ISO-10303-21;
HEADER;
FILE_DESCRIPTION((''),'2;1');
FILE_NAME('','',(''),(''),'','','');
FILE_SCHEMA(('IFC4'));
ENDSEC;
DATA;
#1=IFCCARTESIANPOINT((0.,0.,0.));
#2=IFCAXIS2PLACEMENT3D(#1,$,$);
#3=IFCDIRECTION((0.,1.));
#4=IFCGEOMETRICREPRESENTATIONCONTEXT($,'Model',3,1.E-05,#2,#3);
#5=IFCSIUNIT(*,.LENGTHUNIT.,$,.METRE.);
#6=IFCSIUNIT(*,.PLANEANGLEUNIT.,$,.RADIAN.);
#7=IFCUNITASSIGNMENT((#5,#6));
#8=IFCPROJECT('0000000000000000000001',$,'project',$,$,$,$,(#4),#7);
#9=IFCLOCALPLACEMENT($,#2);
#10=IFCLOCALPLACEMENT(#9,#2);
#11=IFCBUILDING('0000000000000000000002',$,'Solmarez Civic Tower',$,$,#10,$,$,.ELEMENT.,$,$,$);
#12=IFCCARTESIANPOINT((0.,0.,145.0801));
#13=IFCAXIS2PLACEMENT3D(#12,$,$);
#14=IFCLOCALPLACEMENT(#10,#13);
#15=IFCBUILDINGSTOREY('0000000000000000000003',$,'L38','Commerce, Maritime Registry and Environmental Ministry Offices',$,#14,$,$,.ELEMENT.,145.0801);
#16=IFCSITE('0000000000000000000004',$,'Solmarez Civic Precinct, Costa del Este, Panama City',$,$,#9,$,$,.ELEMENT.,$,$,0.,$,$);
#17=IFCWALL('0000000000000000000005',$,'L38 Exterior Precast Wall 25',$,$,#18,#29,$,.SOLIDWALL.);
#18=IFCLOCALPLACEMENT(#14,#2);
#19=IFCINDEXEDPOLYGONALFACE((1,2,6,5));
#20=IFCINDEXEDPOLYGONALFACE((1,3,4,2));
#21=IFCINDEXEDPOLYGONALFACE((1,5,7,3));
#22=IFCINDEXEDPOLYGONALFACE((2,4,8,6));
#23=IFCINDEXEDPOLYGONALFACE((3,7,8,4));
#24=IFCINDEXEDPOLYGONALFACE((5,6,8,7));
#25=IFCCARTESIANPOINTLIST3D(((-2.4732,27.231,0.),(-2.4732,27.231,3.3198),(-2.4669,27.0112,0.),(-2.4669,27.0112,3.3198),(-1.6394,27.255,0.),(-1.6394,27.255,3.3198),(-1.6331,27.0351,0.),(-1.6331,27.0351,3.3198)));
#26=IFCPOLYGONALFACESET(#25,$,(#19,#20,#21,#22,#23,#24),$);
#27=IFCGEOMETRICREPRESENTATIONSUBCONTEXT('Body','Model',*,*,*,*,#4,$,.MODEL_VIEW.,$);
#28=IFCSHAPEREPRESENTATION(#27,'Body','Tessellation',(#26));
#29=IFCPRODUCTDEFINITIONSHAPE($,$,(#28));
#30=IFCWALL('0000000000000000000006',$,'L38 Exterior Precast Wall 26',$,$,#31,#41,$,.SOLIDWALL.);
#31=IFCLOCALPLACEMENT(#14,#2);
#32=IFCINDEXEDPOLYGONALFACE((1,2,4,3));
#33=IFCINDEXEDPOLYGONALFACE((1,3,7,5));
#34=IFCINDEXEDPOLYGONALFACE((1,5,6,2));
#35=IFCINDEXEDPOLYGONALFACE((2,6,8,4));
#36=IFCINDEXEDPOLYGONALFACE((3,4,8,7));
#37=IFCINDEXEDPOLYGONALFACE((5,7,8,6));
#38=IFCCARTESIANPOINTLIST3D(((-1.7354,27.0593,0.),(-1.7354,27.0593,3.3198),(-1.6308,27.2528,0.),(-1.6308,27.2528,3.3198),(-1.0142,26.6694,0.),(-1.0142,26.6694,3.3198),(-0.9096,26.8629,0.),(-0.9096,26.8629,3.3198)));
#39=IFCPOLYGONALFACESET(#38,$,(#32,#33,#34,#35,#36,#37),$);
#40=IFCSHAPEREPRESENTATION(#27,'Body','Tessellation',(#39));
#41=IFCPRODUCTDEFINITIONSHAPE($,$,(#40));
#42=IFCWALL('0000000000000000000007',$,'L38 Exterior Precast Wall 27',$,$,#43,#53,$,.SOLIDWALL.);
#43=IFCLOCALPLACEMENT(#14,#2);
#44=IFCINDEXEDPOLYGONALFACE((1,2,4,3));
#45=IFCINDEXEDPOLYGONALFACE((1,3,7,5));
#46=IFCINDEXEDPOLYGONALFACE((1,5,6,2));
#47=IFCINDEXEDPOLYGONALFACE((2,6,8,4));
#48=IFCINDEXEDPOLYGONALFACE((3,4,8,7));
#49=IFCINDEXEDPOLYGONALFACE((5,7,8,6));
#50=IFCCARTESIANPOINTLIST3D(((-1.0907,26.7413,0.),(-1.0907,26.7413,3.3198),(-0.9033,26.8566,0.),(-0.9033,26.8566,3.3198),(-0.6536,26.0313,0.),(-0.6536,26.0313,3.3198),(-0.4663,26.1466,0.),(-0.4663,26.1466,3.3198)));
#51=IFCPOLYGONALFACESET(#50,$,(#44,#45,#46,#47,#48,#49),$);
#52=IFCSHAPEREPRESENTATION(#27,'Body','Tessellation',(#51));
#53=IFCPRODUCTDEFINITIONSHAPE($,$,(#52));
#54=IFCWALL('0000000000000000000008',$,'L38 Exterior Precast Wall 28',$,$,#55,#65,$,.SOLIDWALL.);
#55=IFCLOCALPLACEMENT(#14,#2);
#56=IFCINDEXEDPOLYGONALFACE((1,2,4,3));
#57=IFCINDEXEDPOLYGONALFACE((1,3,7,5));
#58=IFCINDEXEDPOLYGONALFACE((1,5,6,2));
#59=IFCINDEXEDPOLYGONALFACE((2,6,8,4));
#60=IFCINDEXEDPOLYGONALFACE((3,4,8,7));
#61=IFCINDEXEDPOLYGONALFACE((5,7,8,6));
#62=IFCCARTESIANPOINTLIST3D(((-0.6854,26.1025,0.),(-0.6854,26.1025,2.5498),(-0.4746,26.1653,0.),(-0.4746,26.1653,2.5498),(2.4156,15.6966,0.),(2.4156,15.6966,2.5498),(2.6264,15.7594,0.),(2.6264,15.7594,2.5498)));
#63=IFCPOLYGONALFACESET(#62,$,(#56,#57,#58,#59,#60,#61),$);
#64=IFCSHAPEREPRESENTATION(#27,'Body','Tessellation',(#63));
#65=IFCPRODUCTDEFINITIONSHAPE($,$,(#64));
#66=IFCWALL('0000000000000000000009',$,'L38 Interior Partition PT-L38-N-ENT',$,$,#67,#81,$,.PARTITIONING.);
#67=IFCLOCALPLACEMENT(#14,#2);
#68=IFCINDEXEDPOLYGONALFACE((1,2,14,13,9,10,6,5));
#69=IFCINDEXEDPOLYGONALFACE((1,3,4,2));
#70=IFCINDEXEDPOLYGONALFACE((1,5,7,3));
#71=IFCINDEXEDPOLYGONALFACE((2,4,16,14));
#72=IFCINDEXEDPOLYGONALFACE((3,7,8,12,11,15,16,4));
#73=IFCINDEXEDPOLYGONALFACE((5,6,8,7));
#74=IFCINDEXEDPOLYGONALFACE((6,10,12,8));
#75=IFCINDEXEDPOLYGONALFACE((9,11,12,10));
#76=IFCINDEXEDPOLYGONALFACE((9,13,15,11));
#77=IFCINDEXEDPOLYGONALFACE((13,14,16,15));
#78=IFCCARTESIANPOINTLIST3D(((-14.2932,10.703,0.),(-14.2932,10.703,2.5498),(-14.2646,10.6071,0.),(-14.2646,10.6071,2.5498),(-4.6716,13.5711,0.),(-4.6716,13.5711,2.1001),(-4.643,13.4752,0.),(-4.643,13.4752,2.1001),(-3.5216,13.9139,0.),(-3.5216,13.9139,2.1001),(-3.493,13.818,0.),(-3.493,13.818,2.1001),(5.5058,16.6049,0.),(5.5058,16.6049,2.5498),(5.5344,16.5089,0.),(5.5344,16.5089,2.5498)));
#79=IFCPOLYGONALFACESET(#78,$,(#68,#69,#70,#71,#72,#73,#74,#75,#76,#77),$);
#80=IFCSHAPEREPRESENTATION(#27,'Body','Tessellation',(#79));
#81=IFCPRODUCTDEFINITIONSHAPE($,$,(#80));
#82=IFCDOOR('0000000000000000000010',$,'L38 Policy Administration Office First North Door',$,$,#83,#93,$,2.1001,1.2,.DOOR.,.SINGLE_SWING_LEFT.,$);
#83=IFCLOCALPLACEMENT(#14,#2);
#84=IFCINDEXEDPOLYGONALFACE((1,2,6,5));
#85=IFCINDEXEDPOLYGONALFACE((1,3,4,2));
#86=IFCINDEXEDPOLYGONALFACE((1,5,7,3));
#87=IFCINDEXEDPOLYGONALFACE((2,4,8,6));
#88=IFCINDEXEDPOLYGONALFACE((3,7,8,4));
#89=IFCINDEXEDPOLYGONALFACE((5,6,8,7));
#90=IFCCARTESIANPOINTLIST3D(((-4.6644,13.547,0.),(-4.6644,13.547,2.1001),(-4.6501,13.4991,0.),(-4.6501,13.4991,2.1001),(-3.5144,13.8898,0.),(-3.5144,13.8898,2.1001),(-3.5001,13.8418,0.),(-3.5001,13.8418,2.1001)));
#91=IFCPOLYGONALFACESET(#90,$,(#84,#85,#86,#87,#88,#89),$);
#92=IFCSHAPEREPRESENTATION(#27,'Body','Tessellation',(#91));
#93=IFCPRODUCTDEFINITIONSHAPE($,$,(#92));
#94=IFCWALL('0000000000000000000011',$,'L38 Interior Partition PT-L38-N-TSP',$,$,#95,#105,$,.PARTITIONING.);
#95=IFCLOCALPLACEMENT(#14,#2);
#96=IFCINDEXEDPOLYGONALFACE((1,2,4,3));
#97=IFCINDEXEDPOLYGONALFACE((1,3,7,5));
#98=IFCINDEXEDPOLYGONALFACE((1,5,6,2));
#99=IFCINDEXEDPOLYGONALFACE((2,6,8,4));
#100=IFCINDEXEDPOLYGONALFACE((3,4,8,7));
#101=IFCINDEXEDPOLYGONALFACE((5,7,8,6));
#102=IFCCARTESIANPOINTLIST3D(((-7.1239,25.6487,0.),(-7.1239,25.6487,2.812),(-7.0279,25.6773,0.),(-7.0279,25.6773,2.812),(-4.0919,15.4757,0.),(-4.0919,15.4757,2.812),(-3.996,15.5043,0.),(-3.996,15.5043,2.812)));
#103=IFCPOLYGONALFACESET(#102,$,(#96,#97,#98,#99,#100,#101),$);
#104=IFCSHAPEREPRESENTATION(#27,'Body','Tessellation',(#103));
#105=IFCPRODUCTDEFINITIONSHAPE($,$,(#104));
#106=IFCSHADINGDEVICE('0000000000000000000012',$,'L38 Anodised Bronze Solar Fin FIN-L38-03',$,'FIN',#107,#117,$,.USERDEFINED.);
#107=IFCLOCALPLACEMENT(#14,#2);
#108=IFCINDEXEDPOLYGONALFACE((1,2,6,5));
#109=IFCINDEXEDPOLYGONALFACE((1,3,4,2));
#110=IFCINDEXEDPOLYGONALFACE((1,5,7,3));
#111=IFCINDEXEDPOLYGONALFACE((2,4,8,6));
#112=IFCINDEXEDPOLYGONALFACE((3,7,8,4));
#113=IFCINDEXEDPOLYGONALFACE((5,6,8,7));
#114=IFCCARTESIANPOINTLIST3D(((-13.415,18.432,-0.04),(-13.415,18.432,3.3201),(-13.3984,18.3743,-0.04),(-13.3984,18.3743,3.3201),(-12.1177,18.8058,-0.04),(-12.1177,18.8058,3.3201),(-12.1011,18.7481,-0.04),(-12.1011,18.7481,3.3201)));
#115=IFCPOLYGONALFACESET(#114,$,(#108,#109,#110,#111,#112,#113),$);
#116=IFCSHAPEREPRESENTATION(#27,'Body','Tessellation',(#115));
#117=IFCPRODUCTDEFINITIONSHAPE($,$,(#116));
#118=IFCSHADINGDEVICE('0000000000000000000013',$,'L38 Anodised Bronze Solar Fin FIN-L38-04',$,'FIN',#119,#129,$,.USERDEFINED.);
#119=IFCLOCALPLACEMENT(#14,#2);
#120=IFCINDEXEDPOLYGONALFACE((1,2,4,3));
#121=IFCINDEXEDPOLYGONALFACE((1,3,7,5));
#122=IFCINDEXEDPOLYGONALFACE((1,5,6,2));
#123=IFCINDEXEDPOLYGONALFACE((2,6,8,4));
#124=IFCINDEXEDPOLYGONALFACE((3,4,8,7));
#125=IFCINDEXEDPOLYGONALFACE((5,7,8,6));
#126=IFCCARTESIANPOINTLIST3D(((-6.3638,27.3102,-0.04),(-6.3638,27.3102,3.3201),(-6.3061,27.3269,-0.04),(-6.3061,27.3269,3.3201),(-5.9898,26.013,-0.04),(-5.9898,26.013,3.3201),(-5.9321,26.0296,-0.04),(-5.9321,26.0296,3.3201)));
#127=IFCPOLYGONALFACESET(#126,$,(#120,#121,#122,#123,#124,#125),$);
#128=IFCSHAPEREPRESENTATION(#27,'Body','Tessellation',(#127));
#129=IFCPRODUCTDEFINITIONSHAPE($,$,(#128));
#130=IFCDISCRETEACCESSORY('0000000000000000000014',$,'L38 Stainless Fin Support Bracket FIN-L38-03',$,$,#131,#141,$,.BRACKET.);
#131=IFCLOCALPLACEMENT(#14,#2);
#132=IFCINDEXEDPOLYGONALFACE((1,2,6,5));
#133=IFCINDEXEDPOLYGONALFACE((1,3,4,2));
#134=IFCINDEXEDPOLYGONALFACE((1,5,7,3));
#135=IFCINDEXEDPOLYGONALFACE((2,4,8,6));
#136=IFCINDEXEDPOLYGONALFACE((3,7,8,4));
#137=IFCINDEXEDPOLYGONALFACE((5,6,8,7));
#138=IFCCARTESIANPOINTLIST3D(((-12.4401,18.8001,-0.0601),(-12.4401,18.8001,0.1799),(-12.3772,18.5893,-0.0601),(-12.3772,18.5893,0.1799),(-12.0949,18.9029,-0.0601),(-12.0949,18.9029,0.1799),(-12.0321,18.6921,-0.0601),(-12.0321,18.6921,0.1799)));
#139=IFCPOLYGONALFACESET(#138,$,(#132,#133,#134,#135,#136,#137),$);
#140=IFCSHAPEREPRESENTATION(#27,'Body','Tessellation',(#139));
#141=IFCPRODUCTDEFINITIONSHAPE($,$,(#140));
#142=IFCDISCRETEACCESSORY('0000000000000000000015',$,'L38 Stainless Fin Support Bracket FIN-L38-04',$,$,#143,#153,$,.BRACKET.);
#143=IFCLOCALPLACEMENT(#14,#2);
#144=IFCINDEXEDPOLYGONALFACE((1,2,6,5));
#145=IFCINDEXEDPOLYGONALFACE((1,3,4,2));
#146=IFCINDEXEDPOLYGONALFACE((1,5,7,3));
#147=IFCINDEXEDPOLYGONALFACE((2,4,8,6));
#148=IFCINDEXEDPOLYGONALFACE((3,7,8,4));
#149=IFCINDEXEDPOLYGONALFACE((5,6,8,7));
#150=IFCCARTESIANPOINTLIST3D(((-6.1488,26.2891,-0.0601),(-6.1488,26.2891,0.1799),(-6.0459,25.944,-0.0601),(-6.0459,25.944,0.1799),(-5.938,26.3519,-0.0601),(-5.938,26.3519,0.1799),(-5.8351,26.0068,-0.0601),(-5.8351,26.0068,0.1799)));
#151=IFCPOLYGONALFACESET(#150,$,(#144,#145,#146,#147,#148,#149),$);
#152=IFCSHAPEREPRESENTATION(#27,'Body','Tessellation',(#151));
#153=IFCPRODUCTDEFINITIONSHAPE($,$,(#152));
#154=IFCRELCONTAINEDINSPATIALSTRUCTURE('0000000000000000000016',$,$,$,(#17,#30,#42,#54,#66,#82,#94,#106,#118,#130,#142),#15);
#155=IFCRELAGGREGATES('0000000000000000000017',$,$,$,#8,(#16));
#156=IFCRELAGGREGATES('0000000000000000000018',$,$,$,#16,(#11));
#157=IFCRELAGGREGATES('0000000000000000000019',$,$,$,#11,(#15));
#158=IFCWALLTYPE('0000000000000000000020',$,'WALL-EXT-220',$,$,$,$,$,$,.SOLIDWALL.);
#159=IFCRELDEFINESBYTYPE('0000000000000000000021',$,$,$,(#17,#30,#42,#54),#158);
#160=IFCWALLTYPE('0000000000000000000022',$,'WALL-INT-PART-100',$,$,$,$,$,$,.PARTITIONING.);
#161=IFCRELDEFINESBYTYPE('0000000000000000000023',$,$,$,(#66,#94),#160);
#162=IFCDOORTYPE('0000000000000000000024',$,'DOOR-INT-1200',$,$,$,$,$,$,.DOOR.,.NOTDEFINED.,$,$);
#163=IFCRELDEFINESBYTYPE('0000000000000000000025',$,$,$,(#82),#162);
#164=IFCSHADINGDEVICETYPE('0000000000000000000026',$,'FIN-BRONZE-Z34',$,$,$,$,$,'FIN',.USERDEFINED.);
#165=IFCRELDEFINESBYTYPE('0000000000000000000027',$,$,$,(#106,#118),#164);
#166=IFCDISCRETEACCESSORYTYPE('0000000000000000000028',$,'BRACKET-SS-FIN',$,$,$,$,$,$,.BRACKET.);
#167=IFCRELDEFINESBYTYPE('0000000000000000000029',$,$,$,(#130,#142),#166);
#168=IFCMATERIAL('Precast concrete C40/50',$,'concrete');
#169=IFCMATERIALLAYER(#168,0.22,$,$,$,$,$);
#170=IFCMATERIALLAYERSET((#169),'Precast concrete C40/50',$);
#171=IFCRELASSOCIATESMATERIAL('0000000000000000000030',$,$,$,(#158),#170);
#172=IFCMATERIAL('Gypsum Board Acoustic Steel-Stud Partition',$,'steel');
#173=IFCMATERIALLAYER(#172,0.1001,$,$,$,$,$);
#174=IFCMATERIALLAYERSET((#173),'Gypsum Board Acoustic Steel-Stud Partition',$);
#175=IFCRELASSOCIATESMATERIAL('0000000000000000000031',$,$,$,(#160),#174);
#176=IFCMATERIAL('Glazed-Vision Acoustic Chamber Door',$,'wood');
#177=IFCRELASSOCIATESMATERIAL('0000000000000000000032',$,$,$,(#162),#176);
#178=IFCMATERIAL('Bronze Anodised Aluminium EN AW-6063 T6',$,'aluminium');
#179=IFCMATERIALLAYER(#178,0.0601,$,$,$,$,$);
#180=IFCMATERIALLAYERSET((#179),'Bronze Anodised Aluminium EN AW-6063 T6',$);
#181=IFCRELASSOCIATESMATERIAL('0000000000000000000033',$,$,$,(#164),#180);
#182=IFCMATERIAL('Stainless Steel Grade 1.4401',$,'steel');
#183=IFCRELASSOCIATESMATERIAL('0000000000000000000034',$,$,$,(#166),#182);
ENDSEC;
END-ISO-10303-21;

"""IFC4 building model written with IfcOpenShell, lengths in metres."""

from ifc_helpers import new_model, si_unit, direction, frame, frame_2d, origin, origin_2d, place, context, subcontext, project, spatial, rectangle, extrude, material, layer, layer_set, type_object, element, fill, save


model = new_model("IFC4")

# Units and contexts
model_context = context("Model", 3, precision=1e-05, world=origin(), true_north=direction((0.0, 1.0)))
body_context = subcontext(model_context, "Body", "Model", "MODEL_VIEW")
ifc_project = project(units=[si_unit("LENGTHUNIT", "METRE"), si_unit("PLANEANGLEUNIT", "RADIAN")], contexts=[model_context])

# Site, building, storey
site_placement = place(None, origin())
site = spatial("IfcSite", under=ifc_project, at=site_placement, Name="Solmarez Civic Precinct, Costa del Este, Panama City", CompositionType="ELEMENT", RefElevation=0.0)
building_placement = place(site_placement, origin())
building = spatial("IfcBuilding", under=site, at=building_placement, Name="Solmarez Civic Tower", CompositionType="ELEMENT")
storey_placement = place(building_placement, frame((0.0, 0.0, 145.0801)))
storey = spatial("IfcBuildingStorey", under=building, at=storey_placement, Name="L38", Description="Commerce, Maritime Registry and Environmental Ministry Offices", CompositionType="ELEMENT", Elevation=145.0801)

# Shared definitions
ifc_material_1 = material(Name="Precast concrete C40/50", Category="concrete")
ifc_layer_1 = layer(ifc_material_1, 0.22)
ifc_layer_set_1 = layer_set([ifc_layer_1], Name="Precast concrete C40/50")
wall_type_1 = type_object("IfcWallType", Name="WALL-EXT-220", PredefinedType="SOLIDWALL", material=ifc_layer_set_1)

# Walls
wall_1_placement = place(storey_placement, frame((-2.47, 27.1211, 0.0), z_axis=(0.0, 0.0, 1.0), x_axis=(0.999589, 0.028677, 0.0)))
element("IfcWall", 1, at=wall_1_placement, inside=storey, type_object=wall_type_1, Name="L38 Exterior Precast Wall 25", PredefinedType="SOLIDWALL", context=body_context, shape_type="SweptSolid", body=[
    extrude(rectangle(XDim=0.8342, YDim=0.22, at=frame_2d((0.417, 0.0))), origin(), (0.0, 0.0, 1.0), 3.3198),
])
wall_2_placement = place(storey_placement, frame((-1.6831, 27.156, 0.0), z_axis=(0.0, 0.0, 1.0), x_axis=(0.879676, -0.475573, 0.0)))
element("IfcWall", 2, at=wall_2_placement, inside=storey, type_object=wall_type_1, Name="L38 Exterior Precast Wall 26", PredefinedType="SOLIDWALL", context=body_context, shape_type="SweptSolid", body=[
    extrude(rectangle(XDim=0.8198, YDim=0.22, at=frame_2d((0.4099, 0.0))), origin(), (0.0, 0.0, 1.0), 3.3198),
])
wall_3_placement = place(storey_placement, frame((-0.9971, 26.7991, 0.0), z_axis=(0.0, 0.0, 1.0), x_axis=(0.524195, -0.851598, 0.0)))
element("IfcWall", 3, at=wall_3_placement, inside=storey, type_object=wall_type_1, Name="L38 Exterior Precast Wall 27", PredefinedType="SOLIDWALL", context=body_context, shape_type="SweptSolid", body=[
    extrude(rectangle(XDim=0.8337, YDim=0.22, at=frame_2d((0.417, 0.0))), origin(), (0.0, 0.0, 1.0), 3.3198),
])
wall_4_placement = place(storey_placement, frame((-0.5801, 26.134, 0.0), z_axis=(0.0, 0.0, 1.0), x_axis=(0.285596, -0.95835, 0.0)))
element("IfcWall", 4, at=wall_4_placement, inside=storey, type_object=wall_type_1, Name="L38 Exterior Precast Wall 28", PredefinedType="SOLIDWALL", context=body_context, shape_type="SweptSolid", body=[
    extrude(rectangle(XDim=10.8582, YDim=0.22, at=frame_2d((5.4292, 0.0))), origin(), (0.0, 0.0, 1.0), 2.5498),
])

# Wall, opening, door
ifc_material_2 = material(Name="Gypsum Board Acoustic Steel-Stud Partition", Category="steel")
ifc_layer_2 = layer(ifc_material_2, 0.1001)
ifc_layer_set_2 = layer_set([ifc_layer_2], Name="Gypsum Board Acoustic Steel-Stud Partition")
wall_type_2 = type_object("IfcWallType", Name="WALL-INT-PART-100", PredefinedType="PARTITIONING", material=ifc_layer_set_2)
wall_5_placement = place(storey_placement, frame((-14.2791, 10.655, 0.0), z_axis=(0.0, 0.0, 1.0), x_axis=(0.958329, 0.285666, 0.0)))
wall_5 = element("IfcWall", 5, at=wall_5_placement, inside=storey, type_object=wall_type_2, Name="L38 Interior Partition PT-L38-N-ENT", PredefinedType="PARTITIONING", context=body_context, shape_type="SweptSolid", body=[
    extrude(rectangle(XDim=20.6599, YDim=0.1001, at=frame_2d((10.3301, 0.0))), origin(), (0.0, 0.0, 1.0), 2.5498),
])
opening_1_placement = place(wall_5_placement, frame((10.04, 0.0, 0.0)))
opening_1 = element("IfcOpeningElement", 6, at=opening_1_placement, cuts=wall_5, PredefinedType="OPENING", context=body_context, shape_type="SweptSolid", body=[
    extrude(rectangle(XDim=1.2, YDim=2.1001, at=frame_2d((0.6001, 1.05))), frame((0.0, 0.0601, 0.0), z_axis=(0.0, -1.0, 0.0), x_axis=(1.0, 0.0, 0.0)), (0.0, 0.0, 1.0), 0.1201),
])
ifc_material_3 = material(Name="Glazed-Vision Acoustic Chamber Door", Category="wood")
door_type = type_object("IfcDoorType", Name="DOOR-INT-1200", OperationType="NOTDEFINED", PredefinedType="DOOR", material=ifc_material_3)
door_placement = place(opening_1_placement, origin())
door = element("IfcDoor", 7, at=door_placement, inside=storey, type_object=door_type, Name="L38 Policy Administration Office First North Door", OperationType="SINGLE_SWING_LEFT", OverallHeight=2.1001, OverallWidth=1.2, PredefinedType="DOOR", context=body_context, shape_type="SweptSolid", body=[
    extrude(rectangle(XDim=1.2, YDim=2.1001, at=frame_2d((0.6001, 1.05))), frame((0.0, 0.0249, 0.0), z_axis=(0.0, -1.0, 0.0), x_axis=(1.0, 0.0, 0.0)), (0.0, 0.0, 1.0), 0.05),
])
fill(opening_1, door)

# Wall
wall_6_placement = place(storey_placement, frame((-4.0439, 15.49, 0.0), z_axis=(0.0, 0.0, 1.0), x_axis=(-0.285624, 0.958342, 0.0)))
element("IfcWall", 8, at=wall_6_placement, inside=storey, type_object=wall_type_2, Name="L38 Interior Partition PT-L38-N-TSP", PredefinedType="PARTITIONING", context=body_context, shape_type="SweptSolid", body=[
    extrude(rectangle(XDim=10.6152, YDim=0.1001, at=frame_2d((5.3076, 0.0))), origin(), (0.0, 0.0, 1.0), 2.812),
])

# Shading devices
ifc_material_4 = material(Name="Bronze Anodised Aluminium EN AW-6063 T6", Category="aluminium")
ifc_layer_3 = layer(ifc_material_4, 0.0601)
ifc_layer_set_3 = layer_set([ifc_layer_3], Name="Bronze Anodised Aluminium EN AW-6063 T6")
shading_device_type = type_object("IfcShadingDeviceType", Name="FIN-BRONZE-Z34", ElementType="FIN", PredefinedType="USERDEFINED", material=ifc_layer_set_3)
for number, where, z_axis, x_axis, name in (
    (9, (-12.7581, 18.5901, -0.04), (0.0, 0.0, 1.0), (-0.960905, -0.276879, 0.0), "L38 Anodised Bronze Solar Fin FIN-L38-03"),
    (10, (-6.1479, 26.6699, -0.04), (0.0, 0.0, 1.0), (-0.277013, 0.960866, 0.0), "L38 Anodised Bronze Solar Fin FIN-L38-04"),
):
    element("IfcShadingDevice", number, at=place(storey_placement, frame(where, z_axis=z_axis, x_axis=x_axis)), inside=storey, type_object=shading_device_type, Name=name, ObjectType="FIN", PredefinedType="USERDEFINED", context=body_context, shape_type="SweptSolid", body=[
        extrude(rectangle(XDim=1.3501, YDim=0.0601, at=origin_2d()), origin(), (0.0, 0.0, 1.0), 3.3601),
    ])

# Discrete accessories
ifc_material_5 = material(Name="Stainless Steel Grade 1.4401", Category="steel")
discrete_accessory_type = type_object("IfcDiscreteAccessoryType", Name="BRACKET-SS-FIN", PredefinedType="BRACKET", material=ifc_material_5)
for number, where, z_axis, x_axis, name in (
    (11, (-12.2361, 18.7461, -0.0601), (0.0, 0.0, 1.0), (-0.958347, -0.285606, 0.0), "L38 Stainless Fin Support Bracket FIN-L38-03"),
    (12, (-5.9919, 26.1479, -0.0601), (0.0, 0.0, 1.0), (-0.285745, 0.958306, 0.0), "L38 Stainless Fin Support Bracket FIN-L38-04"),
):
    element("IfcDiscreteAccessory", number, at=place(storey_placement, frame(where, z_axis=z_axis, x_axis=x_axis)), inside=storey, type_object=discrete_accessory_type, Name=name, PredefinedType="BRACKET", context=body_context, shape_type="SweptSolid", body=[
        extrude(rectangle(XDim=0.3601, YDim=0.22, at=origin_2d()), origin(), (0.0, 0.0, 1.0), 0.24),
    ])

save(model, "model.ifc")
